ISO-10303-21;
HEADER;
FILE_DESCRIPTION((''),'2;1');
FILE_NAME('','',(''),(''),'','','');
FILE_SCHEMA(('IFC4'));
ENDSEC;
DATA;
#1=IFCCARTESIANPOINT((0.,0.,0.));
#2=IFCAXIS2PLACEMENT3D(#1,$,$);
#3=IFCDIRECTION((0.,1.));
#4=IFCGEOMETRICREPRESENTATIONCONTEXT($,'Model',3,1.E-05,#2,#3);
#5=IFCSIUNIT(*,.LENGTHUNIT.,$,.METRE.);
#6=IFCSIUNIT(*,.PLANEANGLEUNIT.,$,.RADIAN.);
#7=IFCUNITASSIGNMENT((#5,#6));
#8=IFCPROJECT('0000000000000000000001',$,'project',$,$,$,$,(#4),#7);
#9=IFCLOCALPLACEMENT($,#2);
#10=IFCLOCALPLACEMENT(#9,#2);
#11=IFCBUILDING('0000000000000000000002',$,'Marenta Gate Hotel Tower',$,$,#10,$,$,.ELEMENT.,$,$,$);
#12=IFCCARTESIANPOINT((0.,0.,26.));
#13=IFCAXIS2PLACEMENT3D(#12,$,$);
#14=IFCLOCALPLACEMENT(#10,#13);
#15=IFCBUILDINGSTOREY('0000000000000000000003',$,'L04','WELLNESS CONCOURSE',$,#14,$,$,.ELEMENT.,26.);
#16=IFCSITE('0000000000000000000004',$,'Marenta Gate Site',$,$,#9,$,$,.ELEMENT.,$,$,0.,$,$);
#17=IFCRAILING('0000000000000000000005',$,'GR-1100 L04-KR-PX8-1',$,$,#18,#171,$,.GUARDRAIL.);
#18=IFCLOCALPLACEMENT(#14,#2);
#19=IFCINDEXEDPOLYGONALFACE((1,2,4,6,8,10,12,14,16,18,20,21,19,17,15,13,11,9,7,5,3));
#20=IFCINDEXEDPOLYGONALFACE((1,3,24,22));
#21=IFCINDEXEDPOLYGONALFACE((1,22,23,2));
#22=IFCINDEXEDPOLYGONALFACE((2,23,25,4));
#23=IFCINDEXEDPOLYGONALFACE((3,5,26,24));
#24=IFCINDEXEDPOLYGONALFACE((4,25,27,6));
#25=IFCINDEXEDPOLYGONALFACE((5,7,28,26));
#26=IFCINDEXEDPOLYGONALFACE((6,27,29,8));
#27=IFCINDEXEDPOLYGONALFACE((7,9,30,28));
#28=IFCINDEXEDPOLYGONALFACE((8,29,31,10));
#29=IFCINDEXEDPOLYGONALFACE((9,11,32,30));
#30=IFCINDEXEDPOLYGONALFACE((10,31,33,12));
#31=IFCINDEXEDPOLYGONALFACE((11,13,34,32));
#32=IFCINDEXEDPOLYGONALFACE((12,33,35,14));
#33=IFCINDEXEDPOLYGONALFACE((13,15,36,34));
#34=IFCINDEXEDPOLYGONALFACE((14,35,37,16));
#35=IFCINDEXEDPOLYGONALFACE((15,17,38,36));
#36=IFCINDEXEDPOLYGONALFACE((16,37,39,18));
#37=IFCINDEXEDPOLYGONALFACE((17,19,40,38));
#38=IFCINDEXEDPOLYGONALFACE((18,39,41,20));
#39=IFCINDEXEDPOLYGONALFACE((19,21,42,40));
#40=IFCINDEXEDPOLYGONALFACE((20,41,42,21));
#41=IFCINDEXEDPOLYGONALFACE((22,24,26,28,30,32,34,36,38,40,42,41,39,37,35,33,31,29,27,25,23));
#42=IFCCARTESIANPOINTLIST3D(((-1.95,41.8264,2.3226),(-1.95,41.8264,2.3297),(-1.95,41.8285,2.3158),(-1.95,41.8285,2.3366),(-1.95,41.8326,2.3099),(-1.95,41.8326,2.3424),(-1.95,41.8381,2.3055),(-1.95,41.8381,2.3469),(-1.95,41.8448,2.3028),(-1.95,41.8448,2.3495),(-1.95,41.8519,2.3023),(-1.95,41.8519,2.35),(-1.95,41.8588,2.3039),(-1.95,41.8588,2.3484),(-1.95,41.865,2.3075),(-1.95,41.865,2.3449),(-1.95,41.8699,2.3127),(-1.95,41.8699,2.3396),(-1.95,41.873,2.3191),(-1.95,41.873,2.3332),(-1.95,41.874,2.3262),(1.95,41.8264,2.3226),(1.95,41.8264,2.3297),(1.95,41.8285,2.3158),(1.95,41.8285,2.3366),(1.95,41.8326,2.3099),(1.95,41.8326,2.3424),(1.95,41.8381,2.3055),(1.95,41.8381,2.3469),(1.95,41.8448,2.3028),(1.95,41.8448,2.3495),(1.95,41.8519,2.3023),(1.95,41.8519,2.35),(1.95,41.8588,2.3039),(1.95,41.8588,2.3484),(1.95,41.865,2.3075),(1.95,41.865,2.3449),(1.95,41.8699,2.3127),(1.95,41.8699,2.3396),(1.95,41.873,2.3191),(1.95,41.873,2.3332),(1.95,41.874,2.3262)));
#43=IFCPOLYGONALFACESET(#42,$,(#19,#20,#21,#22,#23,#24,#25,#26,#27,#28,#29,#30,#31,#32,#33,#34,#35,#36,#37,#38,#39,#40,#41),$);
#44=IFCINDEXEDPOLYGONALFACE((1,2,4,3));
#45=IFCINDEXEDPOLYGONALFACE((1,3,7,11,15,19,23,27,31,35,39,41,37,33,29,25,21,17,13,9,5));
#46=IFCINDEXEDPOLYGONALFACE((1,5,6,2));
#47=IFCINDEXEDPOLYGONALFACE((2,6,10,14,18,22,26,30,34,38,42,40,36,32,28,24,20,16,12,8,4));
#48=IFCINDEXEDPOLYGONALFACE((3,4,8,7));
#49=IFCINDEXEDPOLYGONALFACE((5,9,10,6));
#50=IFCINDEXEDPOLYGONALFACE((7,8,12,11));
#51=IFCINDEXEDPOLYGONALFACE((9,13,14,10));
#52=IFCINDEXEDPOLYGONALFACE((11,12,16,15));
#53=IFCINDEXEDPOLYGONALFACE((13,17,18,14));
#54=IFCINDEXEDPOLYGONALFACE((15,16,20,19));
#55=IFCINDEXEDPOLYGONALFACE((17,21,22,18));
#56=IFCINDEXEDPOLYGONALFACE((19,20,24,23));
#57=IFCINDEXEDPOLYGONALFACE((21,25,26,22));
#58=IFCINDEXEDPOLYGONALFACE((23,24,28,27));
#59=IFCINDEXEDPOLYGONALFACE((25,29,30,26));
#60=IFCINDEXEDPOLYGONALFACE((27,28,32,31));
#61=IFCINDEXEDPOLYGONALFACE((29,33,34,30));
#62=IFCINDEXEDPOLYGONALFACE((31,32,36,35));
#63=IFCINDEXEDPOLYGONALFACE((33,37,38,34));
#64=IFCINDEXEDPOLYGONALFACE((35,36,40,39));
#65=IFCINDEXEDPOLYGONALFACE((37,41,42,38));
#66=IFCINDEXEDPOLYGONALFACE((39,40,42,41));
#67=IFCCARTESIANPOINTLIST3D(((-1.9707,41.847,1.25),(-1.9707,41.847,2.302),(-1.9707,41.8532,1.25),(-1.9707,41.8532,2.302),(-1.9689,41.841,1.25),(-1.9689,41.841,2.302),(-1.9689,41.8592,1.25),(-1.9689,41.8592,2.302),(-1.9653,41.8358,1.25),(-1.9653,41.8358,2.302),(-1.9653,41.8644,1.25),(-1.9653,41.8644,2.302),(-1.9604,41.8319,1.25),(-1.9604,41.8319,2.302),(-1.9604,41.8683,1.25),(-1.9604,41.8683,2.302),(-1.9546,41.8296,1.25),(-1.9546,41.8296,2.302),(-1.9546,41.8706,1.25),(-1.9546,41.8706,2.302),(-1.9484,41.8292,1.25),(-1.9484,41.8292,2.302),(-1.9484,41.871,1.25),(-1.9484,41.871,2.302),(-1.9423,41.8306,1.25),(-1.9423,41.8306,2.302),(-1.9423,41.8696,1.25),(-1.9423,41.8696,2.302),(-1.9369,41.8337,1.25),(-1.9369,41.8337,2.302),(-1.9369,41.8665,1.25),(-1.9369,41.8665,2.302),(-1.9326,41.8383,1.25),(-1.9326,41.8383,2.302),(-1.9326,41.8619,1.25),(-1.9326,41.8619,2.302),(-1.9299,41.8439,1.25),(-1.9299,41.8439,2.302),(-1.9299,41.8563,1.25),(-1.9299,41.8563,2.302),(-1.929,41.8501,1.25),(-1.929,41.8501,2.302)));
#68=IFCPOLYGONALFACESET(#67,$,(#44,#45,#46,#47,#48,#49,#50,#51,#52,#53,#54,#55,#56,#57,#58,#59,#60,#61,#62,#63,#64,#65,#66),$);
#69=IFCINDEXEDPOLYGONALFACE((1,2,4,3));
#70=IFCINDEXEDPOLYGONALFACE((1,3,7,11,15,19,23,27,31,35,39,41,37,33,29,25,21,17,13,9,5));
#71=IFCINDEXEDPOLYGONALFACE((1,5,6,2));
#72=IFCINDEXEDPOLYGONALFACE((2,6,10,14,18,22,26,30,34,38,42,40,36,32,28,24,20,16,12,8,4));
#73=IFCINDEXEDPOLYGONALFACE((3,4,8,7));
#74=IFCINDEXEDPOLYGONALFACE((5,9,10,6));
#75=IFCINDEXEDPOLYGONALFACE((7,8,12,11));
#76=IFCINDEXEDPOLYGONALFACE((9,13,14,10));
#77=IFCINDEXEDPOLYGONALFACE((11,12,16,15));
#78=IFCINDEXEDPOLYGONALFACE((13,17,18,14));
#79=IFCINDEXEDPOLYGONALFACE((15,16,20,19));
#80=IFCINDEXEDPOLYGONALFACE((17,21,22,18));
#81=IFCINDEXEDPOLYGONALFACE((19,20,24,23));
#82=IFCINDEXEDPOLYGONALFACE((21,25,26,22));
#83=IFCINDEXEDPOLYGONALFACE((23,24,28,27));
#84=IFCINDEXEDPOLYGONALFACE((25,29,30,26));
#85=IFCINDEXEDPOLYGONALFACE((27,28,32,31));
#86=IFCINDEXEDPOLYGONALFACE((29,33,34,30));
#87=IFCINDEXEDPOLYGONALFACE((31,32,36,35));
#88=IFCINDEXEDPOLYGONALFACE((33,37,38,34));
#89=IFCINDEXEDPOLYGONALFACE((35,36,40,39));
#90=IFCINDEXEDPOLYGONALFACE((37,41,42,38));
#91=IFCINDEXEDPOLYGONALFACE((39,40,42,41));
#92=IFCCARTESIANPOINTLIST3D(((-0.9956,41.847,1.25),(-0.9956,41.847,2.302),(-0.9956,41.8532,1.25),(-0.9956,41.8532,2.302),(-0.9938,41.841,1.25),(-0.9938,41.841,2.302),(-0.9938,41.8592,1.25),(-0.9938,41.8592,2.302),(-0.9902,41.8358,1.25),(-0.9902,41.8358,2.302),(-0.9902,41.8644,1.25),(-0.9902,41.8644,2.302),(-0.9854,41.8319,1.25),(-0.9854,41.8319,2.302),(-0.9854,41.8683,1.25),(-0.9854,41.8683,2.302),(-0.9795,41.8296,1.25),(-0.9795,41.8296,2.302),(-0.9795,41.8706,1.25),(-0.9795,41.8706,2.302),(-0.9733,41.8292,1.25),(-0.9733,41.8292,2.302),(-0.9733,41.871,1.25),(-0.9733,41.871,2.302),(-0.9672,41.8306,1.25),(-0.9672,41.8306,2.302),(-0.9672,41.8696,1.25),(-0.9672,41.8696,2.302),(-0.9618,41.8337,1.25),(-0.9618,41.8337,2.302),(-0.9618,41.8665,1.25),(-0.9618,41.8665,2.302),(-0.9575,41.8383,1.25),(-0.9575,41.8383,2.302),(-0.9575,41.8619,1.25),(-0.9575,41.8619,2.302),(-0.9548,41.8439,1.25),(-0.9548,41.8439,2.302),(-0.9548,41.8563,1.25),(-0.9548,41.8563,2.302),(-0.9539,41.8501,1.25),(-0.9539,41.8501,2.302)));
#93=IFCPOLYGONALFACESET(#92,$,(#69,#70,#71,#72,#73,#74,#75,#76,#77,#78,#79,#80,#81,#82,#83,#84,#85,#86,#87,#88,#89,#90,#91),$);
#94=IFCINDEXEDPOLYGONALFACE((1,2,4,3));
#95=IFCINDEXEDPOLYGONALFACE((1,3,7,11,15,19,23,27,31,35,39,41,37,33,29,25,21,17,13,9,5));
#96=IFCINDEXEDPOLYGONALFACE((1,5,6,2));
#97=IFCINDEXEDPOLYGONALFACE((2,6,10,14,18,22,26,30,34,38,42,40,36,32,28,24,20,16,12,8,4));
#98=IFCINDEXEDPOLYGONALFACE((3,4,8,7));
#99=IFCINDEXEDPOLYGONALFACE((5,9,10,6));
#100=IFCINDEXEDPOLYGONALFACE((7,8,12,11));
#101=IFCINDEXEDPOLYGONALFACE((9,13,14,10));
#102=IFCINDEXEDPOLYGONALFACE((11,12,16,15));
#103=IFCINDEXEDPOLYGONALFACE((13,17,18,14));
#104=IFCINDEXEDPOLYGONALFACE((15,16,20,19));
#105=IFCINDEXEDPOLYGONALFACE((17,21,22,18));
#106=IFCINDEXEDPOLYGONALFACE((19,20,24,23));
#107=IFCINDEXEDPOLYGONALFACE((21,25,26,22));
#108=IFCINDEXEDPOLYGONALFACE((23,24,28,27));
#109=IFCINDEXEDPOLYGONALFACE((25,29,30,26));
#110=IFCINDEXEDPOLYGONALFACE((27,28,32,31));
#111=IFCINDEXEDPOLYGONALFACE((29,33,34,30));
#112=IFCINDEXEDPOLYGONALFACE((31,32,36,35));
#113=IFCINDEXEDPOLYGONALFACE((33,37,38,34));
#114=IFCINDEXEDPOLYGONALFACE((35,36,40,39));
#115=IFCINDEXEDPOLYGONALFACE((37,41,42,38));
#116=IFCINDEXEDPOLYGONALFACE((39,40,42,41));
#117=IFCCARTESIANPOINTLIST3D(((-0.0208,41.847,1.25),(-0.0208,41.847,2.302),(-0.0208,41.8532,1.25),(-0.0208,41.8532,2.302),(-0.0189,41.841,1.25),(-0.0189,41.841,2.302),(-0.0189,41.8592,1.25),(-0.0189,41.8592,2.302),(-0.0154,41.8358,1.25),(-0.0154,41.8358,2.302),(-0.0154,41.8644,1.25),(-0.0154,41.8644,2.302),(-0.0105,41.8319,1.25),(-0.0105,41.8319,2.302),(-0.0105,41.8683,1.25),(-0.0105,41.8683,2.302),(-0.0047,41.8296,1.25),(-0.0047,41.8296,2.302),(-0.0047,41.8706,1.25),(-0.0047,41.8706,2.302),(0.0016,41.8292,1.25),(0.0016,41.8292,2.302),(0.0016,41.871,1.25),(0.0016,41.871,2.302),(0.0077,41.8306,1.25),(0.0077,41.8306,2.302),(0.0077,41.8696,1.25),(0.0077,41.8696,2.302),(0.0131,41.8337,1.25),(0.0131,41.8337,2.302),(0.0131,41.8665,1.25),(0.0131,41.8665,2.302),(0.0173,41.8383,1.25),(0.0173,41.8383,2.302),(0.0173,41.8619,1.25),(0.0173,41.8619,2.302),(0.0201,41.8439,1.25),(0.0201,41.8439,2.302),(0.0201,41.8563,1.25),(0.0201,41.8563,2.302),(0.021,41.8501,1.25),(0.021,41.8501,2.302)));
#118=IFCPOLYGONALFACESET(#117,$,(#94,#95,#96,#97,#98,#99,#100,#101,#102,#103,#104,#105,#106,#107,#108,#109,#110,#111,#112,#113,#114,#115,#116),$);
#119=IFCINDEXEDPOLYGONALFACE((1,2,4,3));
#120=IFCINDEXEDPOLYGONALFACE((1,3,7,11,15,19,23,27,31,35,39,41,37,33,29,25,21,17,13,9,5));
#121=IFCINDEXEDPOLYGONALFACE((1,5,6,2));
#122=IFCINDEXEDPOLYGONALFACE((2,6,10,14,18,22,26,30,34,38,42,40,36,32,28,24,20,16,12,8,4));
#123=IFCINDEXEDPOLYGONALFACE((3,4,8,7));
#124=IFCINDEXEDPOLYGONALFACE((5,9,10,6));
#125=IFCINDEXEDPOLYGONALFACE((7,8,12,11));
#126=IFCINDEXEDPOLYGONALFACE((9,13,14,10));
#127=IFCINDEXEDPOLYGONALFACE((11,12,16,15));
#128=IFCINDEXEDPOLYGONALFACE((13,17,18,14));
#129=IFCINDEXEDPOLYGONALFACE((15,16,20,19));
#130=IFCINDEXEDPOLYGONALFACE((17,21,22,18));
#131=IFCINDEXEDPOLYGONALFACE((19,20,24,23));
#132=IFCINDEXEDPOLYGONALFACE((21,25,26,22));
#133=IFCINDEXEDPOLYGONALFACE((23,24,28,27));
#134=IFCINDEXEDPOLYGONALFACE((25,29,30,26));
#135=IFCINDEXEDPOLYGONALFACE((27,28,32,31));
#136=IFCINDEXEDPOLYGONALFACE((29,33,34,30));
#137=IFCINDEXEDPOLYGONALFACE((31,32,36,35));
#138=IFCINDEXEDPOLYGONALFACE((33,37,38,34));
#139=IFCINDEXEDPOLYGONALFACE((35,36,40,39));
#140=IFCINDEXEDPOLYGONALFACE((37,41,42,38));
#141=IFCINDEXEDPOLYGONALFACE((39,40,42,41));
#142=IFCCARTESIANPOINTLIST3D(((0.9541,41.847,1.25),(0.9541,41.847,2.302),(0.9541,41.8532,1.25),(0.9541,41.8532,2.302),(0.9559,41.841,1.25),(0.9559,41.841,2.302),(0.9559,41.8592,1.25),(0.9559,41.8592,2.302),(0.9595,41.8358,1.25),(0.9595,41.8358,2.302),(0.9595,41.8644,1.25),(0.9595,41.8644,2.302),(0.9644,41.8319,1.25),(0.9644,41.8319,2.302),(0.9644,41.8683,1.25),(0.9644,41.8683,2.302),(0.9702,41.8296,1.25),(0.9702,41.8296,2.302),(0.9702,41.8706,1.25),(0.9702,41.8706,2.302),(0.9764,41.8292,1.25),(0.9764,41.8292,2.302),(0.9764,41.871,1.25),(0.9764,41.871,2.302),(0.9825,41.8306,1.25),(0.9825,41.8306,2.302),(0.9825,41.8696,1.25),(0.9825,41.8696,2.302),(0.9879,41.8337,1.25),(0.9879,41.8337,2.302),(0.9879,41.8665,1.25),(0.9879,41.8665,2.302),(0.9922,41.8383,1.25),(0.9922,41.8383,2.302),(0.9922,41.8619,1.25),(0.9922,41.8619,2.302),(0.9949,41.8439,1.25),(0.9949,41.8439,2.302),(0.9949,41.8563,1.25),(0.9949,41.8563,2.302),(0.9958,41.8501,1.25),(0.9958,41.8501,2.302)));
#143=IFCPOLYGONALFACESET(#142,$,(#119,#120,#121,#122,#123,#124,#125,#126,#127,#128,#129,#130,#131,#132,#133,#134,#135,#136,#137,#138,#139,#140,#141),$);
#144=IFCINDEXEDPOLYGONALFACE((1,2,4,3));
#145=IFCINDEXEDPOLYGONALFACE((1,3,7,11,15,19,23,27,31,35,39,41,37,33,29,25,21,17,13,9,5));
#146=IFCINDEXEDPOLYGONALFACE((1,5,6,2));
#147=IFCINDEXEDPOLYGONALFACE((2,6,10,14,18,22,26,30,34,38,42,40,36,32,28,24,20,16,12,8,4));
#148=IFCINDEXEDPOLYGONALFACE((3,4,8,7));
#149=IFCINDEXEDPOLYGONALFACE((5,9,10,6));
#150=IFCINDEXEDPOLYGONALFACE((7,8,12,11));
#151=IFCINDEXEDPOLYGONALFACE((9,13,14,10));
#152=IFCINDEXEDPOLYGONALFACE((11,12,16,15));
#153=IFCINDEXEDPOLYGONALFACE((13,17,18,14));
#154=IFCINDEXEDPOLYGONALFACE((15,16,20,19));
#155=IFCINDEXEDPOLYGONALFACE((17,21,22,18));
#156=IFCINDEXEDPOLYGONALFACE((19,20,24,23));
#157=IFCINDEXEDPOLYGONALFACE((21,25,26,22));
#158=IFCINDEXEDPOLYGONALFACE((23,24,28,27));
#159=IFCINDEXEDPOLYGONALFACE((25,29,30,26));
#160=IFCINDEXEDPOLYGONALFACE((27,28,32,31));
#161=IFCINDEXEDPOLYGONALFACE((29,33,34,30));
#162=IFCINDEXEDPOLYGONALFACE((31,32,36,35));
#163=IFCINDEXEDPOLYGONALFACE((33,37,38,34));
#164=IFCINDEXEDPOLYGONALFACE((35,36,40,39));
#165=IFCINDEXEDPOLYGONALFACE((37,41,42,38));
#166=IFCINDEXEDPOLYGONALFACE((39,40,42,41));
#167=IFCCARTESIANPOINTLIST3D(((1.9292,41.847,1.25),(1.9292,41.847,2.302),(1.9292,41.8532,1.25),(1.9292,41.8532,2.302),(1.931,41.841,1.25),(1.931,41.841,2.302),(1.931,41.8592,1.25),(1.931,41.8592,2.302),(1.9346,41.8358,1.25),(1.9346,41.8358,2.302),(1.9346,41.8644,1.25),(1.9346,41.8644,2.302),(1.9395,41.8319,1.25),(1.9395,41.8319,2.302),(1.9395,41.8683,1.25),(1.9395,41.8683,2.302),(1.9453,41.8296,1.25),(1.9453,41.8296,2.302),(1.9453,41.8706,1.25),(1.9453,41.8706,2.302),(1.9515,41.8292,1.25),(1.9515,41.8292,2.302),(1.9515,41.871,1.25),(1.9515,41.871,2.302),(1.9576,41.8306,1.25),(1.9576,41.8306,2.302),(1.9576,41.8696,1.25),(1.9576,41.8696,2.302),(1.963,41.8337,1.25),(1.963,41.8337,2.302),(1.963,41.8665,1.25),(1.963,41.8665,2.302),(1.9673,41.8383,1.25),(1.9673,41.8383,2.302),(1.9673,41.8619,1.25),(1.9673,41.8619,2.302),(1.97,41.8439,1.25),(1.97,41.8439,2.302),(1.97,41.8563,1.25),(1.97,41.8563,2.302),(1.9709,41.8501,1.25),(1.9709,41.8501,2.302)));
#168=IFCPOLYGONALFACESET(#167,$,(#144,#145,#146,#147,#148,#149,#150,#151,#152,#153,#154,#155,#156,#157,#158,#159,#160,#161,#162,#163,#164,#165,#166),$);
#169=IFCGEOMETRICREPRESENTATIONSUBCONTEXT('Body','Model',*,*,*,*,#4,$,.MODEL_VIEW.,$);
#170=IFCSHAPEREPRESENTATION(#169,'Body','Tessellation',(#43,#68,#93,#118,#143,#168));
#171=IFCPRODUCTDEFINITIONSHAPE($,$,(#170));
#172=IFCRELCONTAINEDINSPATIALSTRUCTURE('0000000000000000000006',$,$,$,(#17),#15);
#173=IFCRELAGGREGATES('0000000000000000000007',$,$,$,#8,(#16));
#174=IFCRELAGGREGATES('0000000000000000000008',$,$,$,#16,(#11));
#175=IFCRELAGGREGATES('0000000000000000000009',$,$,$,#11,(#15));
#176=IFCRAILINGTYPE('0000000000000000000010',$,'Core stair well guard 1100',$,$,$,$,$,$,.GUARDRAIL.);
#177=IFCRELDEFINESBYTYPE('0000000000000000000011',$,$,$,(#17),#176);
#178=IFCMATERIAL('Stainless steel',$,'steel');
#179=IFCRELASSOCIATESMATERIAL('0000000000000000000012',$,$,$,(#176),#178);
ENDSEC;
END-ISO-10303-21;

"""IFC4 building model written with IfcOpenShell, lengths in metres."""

from ifc_helpers import new_model, si_unit, direction, frame, origin, origin_2d, place, context, subcontext, project, spatial, circle, extrude, material, type_object, element, save


model = new_model("IFC4")

# Units and contexts
model_context = context("Model", 3, precision=1e-05, world=origin(), true_north=direction((0.0, 1.0)))
body_context = subcontext(model_context, "Body", "Model", "MODEL_VIEW")
ifc_project = project(units=[si_unit("LENGTHUNIT", "METRE"), si_unit("PLANEANGLEUNIT", "RADIAN")], contexts=[model_context])

# Site, building, storey
site_placement = place(None, origin())
site = spatial("IfcSite", under=ifc_project, at=site_placement, Name="Marenta Gate Site", CompositionType="ELEMENT", RefElevation=0.0)
building_placement = place(site_placement, origin())
building = spatial("IfcBuilding", under=site, at=building_placement, Name="Marenta Gate Hotel Tower", CompositionType="ELEMENT")
storey_placement = place(building_placement, frame((0.0, 0.0, 26.0)))
storey = spatial("IfcBuildingStorey", under=building, at=storey_placement, Name="L04", Description="WELLNESS CONCOURSE", CompositionType="ELEMENT", Elevation=26.0)

# Railing
ifc_material_1 = material(Name="Stainless steel", Category="steel")
railing_type_1 = type_object("IfcRailingType", Name="Core stair well guard 1100", PredefinedType="GUARDRAIL", material=ifc_material_1)
for number, where, name in (
    (1, (-1.95, 41.8501, 1.25), "GR-1100 L04-KR-PX8-1"),
):
    element("IfcRailing", number, at=place(storey_placement, frame(where)), inside=storey, type_object=railing_type_1, Name=name, PredefinedType="GUARDRAIL", context=body_context, shape_type="SweptSolid", body=[
        extrude(circle(Radius=0.0239, at=origin_2d()), frame((0.0, 0.0, 1.0762), z_axis=(1.0, 0.0, 0.0), x_axis=(0.0, 1.0, 0.0)), (0.0, 0.0, 1.0), 3.8999),
        extrude(circle(Radius=0.021, at=origin_2d()), origin(), (0.0, 0.0, 1.0), 1.052),
        extrude(circle(Radius=0.021, at=origin_2d()), frame((0.9751, 0.0, 0.0)), (0.0, 0.0, 1.0), 1.052),
        extrude(circle(Radius=0.021, at=origin_2d()), frame((1.95, 0.0, 0.0)), (0.0, 0.0, 1.0), 1.052),
        extrude(circle(Radius=0.021, at=origin_2d()), frame((2.9248, 0.0, 0.0)), (0.0, 0.0, 1.0), 1.052),
        extrude(circle(Radius=0.021, at=origin_2d()), frame((3.8999, 0.0, 0.0)), (0.0, 0.0, 1.0), 1.052),
    ])

save(model, "model.ifc")
